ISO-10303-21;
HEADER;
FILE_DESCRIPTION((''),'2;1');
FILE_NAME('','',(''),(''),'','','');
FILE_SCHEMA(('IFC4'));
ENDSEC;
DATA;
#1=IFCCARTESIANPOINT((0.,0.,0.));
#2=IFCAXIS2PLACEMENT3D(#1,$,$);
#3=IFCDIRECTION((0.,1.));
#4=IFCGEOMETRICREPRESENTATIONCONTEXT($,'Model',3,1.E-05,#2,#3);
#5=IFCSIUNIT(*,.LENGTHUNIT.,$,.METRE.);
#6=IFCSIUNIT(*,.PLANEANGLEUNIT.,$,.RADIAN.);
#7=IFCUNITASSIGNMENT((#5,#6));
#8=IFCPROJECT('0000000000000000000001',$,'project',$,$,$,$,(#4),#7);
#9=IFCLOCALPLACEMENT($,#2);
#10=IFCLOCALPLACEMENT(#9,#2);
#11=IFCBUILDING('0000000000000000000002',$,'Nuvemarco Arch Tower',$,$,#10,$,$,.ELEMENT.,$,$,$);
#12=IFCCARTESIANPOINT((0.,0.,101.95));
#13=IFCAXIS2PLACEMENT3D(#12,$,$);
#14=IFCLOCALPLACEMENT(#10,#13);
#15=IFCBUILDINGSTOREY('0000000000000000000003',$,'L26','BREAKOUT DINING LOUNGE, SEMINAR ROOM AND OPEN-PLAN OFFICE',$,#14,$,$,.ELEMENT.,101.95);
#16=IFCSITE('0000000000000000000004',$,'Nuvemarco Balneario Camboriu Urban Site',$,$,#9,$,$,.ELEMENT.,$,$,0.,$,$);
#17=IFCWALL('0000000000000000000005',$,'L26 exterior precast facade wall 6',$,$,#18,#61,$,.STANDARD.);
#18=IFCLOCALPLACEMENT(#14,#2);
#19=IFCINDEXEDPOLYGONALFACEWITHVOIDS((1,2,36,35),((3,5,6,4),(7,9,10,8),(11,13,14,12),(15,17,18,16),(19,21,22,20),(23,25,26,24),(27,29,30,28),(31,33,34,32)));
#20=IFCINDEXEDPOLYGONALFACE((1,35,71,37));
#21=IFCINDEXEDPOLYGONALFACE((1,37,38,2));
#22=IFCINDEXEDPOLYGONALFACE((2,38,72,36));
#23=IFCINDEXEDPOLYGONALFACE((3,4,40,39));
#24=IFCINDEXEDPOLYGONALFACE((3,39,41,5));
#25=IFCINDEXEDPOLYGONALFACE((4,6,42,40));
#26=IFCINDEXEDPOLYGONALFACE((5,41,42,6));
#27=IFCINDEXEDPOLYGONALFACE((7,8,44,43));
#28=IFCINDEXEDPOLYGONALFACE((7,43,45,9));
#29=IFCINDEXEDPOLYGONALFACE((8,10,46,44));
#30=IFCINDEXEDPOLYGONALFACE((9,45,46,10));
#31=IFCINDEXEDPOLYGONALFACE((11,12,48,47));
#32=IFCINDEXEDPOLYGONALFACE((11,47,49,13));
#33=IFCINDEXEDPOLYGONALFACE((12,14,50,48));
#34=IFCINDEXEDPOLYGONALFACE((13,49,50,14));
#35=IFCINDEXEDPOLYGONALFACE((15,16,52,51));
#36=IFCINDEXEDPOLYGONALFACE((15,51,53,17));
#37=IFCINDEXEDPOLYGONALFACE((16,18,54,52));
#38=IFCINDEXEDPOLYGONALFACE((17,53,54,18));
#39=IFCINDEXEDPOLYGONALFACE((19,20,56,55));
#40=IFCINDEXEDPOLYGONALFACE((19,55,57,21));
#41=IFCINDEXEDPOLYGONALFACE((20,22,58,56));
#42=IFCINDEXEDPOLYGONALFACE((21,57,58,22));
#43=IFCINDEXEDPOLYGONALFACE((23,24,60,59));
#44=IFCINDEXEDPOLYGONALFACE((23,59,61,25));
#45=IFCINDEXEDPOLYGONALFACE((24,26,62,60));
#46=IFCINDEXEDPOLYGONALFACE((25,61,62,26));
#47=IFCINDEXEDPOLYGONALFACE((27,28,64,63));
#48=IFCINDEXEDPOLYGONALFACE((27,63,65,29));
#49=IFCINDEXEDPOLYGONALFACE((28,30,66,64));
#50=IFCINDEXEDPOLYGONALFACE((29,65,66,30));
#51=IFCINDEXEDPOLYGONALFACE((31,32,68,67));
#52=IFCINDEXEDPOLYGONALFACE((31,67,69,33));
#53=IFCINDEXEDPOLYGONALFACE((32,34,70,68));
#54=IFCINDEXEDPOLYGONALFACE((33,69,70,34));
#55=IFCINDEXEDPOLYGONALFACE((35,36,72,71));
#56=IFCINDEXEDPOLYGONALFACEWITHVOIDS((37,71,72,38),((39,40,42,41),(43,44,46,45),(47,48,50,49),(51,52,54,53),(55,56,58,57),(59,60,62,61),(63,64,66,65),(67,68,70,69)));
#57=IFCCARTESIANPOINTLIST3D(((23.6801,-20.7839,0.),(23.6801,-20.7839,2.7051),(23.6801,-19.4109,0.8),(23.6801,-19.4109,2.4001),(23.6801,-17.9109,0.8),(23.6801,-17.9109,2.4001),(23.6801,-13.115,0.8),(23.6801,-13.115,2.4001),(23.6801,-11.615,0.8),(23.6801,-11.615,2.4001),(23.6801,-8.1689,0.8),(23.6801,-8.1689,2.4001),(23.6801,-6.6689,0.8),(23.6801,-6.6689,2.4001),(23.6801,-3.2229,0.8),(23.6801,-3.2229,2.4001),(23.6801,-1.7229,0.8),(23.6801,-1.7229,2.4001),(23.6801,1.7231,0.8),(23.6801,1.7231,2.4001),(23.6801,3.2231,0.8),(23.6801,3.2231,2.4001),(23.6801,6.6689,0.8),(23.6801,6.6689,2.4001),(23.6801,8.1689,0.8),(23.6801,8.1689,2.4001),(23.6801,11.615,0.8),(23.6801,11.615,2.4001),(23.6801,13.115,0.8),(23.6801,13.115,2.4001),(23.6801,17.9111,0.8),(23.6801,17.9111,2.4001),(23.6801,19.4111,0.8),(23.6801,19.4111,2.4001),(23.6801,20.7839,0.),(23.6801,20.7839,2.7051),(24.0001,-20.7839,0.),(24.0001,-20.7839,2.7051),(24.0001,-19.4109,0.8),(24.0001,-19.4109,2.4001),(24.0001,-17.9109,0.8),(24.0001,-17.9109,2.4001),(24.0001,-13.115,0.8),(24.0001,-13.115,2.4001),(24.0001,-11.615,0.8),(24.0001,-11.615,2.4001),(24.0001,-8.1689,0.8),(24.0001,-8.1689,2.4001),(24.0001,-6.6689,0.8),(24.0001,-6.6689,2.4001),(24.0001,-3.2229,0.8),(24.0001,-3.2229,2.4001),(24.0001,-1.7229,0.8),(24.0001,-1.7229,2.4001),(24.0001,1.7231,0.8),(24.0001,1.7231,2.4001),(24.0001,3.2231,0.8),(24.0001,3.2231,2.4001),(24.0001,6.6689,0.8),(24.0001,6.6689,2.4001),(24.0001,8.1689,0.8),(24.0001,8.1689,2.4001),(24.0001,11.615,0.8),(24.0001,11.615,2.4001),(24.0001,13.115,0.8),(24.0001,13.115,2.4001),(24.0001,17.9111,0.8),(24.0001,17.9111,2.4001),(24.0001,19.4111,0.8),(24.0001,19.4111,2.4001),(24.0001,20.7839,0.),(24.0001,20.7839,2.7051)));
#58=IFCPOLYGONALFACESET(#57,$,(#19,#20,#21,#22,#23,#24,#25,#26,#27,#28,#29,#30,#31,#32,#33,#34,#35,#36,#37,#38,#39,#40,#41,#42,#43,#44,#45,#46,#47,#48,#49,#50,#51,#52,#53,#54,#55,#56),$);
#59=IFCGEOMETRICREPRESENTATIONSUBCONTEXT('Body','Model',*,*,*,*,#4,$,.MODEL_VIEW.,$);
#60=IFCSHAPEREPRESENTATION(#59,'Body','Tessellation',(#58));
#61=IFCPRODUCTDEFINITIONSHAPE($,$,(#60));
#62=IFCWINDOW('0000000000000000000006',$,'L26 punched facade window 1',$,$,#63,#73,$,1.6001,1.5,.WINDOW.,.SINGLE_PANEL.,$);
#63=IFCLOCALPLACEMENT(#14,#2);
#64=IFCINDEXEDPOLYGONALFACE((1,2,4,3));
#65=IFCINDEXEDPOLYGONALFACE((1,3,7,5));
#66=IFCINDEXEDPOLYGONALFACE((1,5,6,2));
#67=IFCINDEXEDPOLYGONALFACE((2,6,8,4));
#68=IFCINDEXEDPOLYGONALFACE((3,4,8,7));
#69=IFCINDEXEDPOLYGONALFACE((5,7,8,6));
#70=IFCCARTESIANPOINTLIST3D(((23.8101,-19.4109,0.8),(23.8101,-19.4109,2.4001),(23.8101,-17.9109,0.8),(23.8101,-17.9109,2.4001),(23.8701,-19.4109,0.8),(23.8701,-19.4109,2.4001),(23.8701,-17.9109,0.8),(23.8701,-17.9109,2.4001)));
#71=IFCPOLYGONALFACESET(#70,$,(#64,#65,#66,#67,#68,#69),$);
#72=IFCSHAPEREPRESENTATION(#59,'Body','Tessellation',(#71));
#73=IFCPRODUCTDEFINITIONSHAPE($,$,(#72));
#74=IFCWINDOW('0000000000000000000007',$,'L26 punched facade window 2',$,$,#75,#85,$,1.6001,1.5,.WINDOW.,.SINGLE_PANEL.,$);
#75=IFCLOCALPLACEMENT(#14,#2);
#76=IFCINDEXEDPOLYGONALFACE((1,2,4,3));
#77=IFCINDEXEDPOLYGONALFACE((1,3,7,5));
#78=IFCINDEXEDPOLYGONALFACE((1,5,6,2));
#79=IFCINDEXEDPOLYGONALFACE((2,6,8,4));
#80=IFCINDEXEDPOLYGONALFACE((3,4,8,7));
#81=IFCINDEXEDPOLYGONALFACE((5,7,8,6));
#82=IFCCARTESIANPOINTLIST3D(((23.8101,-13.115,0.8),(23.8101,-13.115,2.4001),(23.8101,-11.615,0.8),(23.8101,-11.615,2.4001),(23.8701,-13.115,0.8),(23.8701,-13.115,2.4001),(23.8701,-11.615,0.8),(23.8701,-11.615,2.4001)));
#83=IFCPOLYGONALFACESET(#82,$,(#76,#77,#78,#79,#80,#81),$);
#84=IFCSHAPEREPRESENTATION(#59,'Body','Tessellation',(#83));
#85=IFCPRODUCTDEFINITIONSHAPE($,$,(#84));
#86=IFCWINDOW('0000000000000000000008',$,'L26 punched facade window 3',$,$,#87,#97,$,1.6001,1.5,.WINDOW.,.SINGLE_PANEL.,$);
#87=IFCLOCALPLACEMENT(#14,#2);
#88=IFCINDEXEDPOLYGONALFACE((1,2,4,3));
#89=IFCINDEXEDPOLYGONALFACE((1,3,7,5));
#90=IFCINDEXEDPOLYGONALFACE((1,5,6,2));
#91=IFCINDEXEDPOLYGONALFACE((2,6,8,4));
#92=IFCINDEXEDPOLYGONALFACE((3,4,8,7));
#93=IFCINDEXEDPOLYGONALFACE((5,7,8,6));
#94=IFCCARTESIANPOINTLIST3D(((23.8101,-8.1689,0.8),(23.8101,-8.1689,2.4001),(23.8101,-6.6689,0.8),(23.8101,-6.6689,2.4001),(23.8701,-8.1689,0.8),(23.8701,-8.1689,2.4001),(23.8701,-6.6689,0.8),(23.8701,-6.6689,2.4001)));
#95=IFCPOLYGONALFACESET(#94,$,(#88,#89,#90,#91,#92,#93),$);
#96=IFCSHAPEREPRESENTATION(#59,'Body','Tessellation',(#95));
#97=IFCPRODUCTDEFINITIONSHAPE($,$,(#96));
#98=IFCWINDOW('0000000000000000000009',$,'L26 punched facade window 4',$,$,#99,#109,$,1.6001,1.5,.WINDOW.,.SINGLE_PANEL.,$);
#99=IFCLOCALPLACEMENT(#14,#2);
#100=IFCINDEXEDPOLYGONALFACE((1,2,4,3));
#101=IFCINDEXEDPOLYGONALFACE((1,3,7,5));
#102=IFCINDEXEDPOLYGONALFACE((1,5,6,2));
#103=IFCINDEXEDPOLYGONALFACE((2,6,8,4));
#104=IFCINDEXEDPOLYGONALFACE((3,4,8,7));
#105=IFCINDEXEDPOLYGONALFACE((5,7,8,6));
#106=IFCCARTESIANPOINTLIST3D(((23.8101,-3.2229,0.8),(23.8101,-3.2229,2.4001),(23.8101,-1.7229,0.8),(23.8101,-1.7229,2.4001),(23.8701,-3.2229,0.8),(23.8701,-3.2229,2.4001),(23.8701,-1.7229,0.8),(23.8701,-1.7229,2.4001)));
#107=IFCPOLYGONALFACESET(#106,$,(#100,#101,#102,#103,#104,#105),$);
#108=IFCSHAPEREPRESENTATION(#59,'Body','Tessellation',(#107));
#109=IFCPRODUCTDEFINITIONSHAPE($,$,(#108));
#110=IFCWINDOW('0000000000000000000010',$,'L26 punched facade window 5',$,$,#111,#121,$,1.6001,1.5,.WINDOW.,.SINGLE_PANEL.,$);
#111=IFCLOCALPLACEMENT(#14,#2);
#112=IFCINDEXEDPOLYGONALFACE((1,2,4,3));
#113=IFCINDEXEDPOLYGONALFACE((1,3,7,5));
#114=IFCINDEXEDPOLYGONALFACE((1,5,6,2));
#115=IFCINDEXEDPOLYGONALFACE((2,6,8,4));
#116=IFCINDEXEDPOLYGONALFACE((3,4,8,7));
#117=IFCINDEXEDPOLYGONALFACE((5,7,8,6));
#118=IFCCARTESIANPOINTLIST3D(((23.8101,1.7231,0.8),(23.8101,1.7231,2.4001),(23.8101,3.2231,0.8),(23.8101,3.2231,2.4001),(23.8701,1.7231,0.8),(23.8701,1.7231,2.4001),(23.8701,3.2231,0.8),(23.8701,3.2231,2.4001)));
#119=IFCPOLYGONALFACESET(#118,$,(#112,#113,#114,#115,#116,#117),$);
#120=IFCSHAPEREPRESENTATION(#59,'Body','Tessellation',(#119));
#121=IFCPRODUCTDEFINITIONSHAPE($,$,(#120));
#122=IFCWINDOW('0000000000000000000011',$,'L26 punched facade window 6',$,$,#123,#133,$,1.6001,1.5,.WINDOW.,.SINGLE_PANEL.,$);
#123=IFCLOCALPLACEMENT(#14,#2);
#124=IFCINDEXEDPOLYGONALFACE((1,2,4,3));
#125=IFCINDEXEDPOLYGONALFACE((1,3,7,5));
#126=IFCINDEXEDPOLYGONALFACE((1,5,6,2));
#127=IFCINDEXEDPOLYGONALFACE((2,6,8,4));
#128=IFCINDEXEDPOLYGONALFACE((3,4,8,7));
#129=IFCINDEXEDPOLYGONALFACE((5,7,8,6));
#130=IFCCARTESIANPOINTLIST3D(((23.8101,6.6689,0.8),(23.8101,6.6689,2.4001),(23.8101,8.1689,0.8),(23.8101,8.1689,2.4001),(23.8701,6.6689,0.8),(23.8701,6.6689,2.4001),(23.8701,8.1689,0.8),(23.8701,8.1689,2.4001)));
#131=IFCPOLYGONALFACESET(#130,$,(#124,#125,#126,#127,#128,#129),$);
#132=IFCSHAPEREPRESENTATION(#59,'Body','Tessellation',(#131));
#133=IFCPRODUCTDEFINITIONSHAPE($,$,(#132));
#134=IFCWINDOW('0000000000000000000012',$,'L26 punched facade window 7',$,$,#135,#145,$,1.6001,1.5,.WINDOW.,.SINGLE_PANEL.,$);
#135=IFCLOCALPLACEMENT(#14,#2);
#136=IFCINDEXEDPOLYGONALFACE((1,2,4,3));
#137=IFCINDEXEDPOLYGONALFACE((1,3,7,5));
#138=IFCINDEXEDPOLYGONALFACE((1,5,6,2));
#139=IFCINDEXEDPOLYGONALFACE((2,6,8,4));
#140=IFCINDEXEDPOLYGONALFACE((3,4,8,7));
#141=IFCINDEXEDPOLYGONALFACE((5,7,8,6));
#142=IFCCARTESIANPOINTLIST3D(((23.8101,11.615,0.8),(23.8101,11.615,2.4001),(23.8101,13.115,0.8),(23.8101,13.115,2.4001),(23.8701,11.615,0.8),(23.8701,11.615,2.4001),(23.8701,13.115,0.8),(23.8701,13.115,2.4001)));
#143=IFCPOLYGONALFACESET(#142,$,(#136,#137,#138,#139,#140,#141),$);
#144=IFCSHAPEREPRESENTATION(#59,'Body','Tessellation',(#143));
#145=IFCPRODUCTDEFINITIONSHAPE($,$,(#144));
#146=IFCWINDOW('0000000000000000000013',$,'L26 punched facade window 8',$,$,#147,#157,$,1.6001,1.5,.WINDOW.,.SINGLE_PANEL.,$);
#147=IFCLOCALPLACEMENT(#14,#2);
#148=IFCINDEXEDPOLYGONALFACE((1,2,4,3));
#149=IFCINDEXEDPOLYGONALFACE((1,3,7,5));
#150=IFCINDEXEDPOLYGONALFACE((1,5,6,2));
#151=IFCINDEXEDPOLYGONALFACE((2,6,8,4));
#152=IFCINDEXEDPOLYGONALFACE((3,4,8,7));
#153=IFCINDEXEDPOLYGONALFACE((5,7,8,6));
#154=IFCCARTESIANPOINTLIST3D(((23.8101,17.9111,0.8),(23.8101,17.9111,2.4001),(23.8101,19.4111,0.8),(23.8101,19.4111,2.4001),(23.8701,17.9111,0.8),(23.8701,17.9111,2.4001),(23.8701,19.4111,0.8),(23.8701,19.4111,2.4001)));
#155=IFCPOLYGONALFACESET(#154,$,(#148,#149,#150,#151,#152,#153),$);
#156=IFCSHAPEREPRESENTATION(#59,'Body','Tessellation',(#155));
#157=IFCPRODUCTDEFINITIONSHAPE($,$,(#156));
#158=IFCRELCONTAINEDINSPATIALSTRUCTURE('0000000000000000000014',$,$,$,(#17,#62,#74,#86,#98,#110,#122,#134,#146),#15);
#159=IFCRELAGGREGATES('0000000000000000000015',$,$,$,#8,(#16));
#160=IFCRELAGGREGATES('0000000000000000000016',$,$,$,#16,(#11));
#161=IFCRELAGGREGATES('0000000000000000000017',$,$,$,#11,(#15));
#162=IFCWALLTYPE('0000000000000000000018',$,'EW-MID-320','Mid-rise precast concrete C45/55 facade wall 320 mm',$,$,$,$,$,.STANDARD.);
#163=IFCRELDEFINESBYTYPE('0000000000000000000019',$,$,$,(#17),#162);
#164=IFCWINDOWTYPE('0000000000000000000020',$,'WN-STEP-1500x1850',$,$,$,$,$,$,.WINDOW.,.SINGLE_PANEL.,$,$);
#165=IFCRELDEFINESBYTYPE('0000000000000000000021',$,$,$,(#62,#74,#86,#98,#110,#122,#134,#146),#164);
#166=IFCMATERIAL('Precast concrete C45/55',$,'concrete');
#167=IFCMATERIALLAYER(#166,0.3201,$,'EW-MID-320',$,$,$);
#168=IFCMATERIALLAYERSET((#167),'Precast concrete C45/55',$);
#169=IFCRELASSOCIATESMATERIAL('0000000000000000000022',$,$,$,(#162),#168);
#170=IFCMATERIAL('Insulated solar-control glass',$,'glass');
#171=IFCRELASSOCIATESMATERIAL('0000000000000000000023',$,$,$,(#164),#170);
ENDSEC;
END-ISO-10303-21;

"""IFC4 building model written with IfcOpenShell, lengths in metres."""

from ifc_helpers import new_model, si_unit, direction, frame, frame_2d, origin, place, context, subcontext, project, spatial, rectangle, extrude, source, transform, mapped, material, layer, layer_set, type_object, type_shapes, element, fill, save


model = new_model("IFC4")

# Units and contexts
model_context = context("Model", 3, precision=1e-05, world=origin(), true_north=direction((0.0, 1.0)))
body_context = subcontext(model_context, "Body", "Model", "MODEL_VIEW")
ifc_project = project(units=[si_unit("LENGTHUNIT", "METRE"), si_unit("PLANEANGLEUNIT", "RADIAN")], contexts=[model_context])

# Site, building, storey
site_placement = place(None, origin())
site = spatial("IfcSite", under=ifc_project, at=site_placement, Name="Nuvemarco Balneario Camboriu Urban Site", CompositionType="ELEMENT", RefElevation=0.0)
building_placement = place(site_placement, origin())
building = spatial("IfcBuilding", under=site, at=building_placement, Name="Nuvemarco Arch Tower", CompositionType="ELEMENT")
storey_placement = place(building_placement, frame((0.0, 0.0, 101.95)))
storey = spatial("IfcBuildingStorey", under=building, at=storey_placement, Name="L26", Description="BREAKOUT DINING LOUNGE, SEMINAR ROOM AND OPEN-PLAN OFFICE", CompositionType="ELEMENT", Elevation=101.95)

# Shared definitions
ifc_material_1 = material(Name="Precast concrete C45/55", Category="concrete")

# Shared definitions
ifc_layer_1 = layer(ifc_material_1, 0.3201, Name="EW-MID-320")
ifc_layer_set_1 = layer_set([ifc_layer_1], Name="Precast concrete C45/55")
wall_type_1 = type_object("IfcWallType", Name="EW-MID-320", Description="Mid-rise precast concrete C45/55 facade wall 320 mm", PredefinedType="STANDARD", material=ifc_layer_set_1)

# Wall, openings, windows
wall_1_placement = place(storey_placement, frame((23.8401, -20.7839, 0.0), z_axis=(0.0, 0.0, 1.0), x_axis=(0.0, 1.0, 0.0)))
wall_1 = element("IfcWall", 1, at=wall_1_placement, inside=storey, type_object=wall_type_1, Name="L26 exterior precast facade wall 6", PredefinedType="STANDARD", context=body_context, shape_type="SweptSolid", body=[
    extrude(rectangle(XDim=41.5679, YDim=0.3201, at=frame_2d((20.7839, 0.0))), origin(), (0.0, 0.0, 1.0), 2.7051),
])
opening_1_placement = place(wall_1_placement, frame((1.373, 0.0, 0.8)))
opening_1 = element("IfcOpeningElement", 2, at=opening_1_placement, cuts=wall_1, PredefinedType="OPENING", context=body_context, shape_type="SweptSolid", body=[
    extrude(rectangle(XDim=1.5, YDim=1.6001, at=frame_2d((0.75, 0.8))), frame((0.0, 0.1699, 0.0), z_axis=(0.0, -1.0, 0.0), x_axis=(1.0, 0.0, 0.0)), (0.0, 0.0, 1.0), 0.3401),
])
opening_2_placement = place(wall_1_placement, frame((7.6689, 0.0, 0.8)))
opening_2 = element("IfcOpeningElement", 3, at=opening_2_placement, cuts=wall_1, PredefinedType="OPENING", context=body_context, shape_type="SweptSolid", body=[
    extrude(rectangle(XDim=1.5, YDim=1.6001, at=frame_2d((0.75, 0.8))), frame((0.0, 0.1699, 0.0), z_axis=(0.0, -1.0, 0.0), x_axis=(1.0, 0.0, 0.0)), (0.0, 0.0, 1.0), 0.3401),
])
opening_3_placement = place(wall_1_placement, frame((12.615, 0.0, 0.8)))
opening_3 = element("IfcOpeningElement", 4, at=opening_3_placement, cuts=wall_1, PredefinedType="OPENING", context=body_context, shape_type="SweptSolid", body=[
    extrude(rectangle(XDim=1.5, YDim=1.6001, at=frame_2d((0.75, 0.8))), frame((0.0, 0.1699, 0.0), z_axis=(0.0, -1.0, 0.0), x_axis=(1.0, 0.0, 0.0)), (0.0, 0.0, 1.0), 0.3401),
])
opening_4_placement = place(wall_1_placement, frame((17.561, 0.0, 0.8)))
opening_4 = element("IfcOpeningElement", 5, at=opening_4_placement, cuts=wall_1, PredefinedType="OPENING", context=body_context, shape_type="SweptSolid", body=[
    extrude(rectangle(XDim=1.5, YDim=1.6001, at=frame_2d((0.75, 0.8))), frame((0.0, 0.1699, 0.0), z_axis=(0.0, -1.0, 0.0), x_axis=(1.0, 0.0, 0.0)), (0.0, 0.0, 1.0), 0.3401),
])
opening_5_placement = place(wall_1_placement, frame((22.5071, 0.0, 0.8)))
opening_5 = element("IfcOpeningElement", 6, at=opening_5_placement, cuts=wall_1, PredefinedType="OPENING", context=body_context, shape_type="SweptSolid", body=[
    extrude(rectangle(XDim=1.5, YDim=1.6001, at=frame_2d((0.75, 0.8))), frame((0.0, 0.1699, 0.0), z_axis=(0.0, -1.0, 0.0), x_axis=(1.0, 0.0, 0.0)), (0.0, 0.0, 1.0), 0.3401),
])
opening_6_placement = place(wall_1_placement, frame((27.4529, 0.0, 0.8)))
opening_6 = element("IfcOpeningElement", 7, at=opening_6_placement, cuts=wall_1, PredefinedType="OPENING", context=body_context, shape_type="SweptSolid", body=[
    extrude(rectangle(XDim=1.5, YDim=1.6001, at=frame_2d((0.75, 0.8))), frame((0.0, 0.1699, 0.0), z_axis=(0.0, -1.0, 0.0), x_axis=(1.0, 0.0, 0.0)), (0.0, 0.0, 1.0), 0.3401),
])
opening_7_placement = place(wall_1_placement, frame((32.3989, 0.0, 0.8)))
opening_7 = element("IfcOpeningElement", 8, at=opening_7_placement, cuts=wall_1, PredefinedType="OPENING", context=body_context, shape_type="SweptSolid", body=[
    extrude(rectangle(XDim=1.5, YDim=1.6001, at=frame_2d((0.75, 0.8))), frame((0.0, 0.1699, 0.0), z_axis=(0.0, -1.0, 0.0), x_axis=(1.0, 0.0, 0.0)), (0.0, 0.0, 1.0), 0.3401),
])
opening_8_placement = place(wall_1_placement, frame((38.6951, 0.0, 0.8)))
opening_8 = element("IfcOpeningElement", 9, at=opening_8_placement, cuts=wall_1, PredefinedType="OPENING", context=body_context, shape_type="SweptSolid", body=[
    extrude(rectangle(XDim=1.5, YDim=1.6001, at=frame_2d((0.75, 0.8))), frame((0.0, 0.1699, 0.0), z_axis=(0.0, -1.0, 0.0), x_axis=(1.0, 0.0, 0.0)), (0.0, 0.0, 1.0), 0.3401),
])
ifc_material_2 = material(Name="Insulated solar-control glass", Category="glass")
window_type = type_object("IfcWindowType", Name="WN-STEP-1500x1850", PartitioningType="SINGLE_PANEL", PredefinedType="WINDOW", material=ifc_material_2)
shared_shape_1 = source(origin(), body_context, "Body", "SweptSolid", [
    extrude(rectangle(XDim=1.5, YDim=1.6001, at=frame_2d((0.75, 0.8))), frame((0.0, 0.03, 0.0), z_axis=(0.0, -1.0, 0.0), x_axis=(1.0, 0.0, 0.0)), (0.0, 0.0, 1.0), 0.0601),
])
type_shapes(window_type, [shared_shape_1])
window_1_placement = place(opening_1_placement, origin())
window_1 = element("IfcWindow", 10, at=window_1_placement, inside=storey, type_object=window_type, Name="L26 punched facade window 1", OverallHeight=1.6001, OverallWidth=1.5, PartitioningType="SINGLE_PANEL", PredefinedType="WINDOW", context=body_context, shape_type="MappedRepresentation", body=[
    mapped(shared_shape_1, transform((0.0, 0.0, 0.0), scale=1.0)),
])
fill(opening_1, window_1)
window_2_placement = place(opening_2_placement, origin())
window_2 = element("IfcWindow", 11, at=window_2_placement, inside=storey, type_object=window_type, Name="L26 punched facade window 2", OverallHeight=1.6001, OverallWidth=1.5, PartitioningType="SINGLE_PANEL", PredefinedType="WINDOW", context=body_context, shape_type="MappedRepresentation", body=[
    mapped(shared_shape_1, transform((0.0, 0.0, 0.0), scale=1.0)),
])
fill(opening_2, window_2)
window_3_placement = place(opening_3_placement, origin())
window_3 = element("IfcWindow", 12, at=window_3_placement, inside=storey, type_object=window_type, Name="L26 punched facade window 3", OverallHeight=1.6001, OverallWidth=1.5, PartitioningType="SINGLE_PANEL", PredefinedType="WINDOW", context=body_context, shape_type="MappedRepresentation", body=[
    mapped(shared_shape_1, transform((0.0, 0.0, 0.0), scale=1.0)),
])
fill(opening_3, window_3)
window_4_placement = place(opening_4_placement, origin())
window_4 = element("IfcWindow", 13, at=window_4_placement, inside=storey, type_object=window_type, Name="L26 punched facade window 4", OverallHeight=1.6001, OverallWidth=1.5, PartitioningType="SINGLE_PANEL", PredefinedType="WINDOW", context=body_context, shape_type="MappedRepresentation", body=[
    mapped(shared_shape_1, transform((0.0, 0.0, 0.0), scale=1.0)),
])
fill(opening_4, window_4)
window_5_placement = place(opening_5_placement, origin())
window_5 = element("IfcWindow", 14, at=window_5_placement, inside=storey, type_object=window_type, Name="L26 punched facade window 5", OverallHeight=1.6001, OverallWidth=1.5, PartitioningType="SINGLE_PANEL", PredefinedType="WINDOW", context=body_context, shape_type="MappedRepresentation", body=[
    mapped(shared_shape_1, transform((0.0, 0.0, 0.0), scale=1.0)),
])
fill(opening_5, window_5)
window_6_placement = place(opening_6_placement, origin())
window_6 = element("IfcWindow", 15, at=window_6_placement, inside=storey, type_object=window_type, Name="L26 punched facade window 6", OverallHeight=1.6001, OverallWidth=1.5, PartitioningType="SINGLE_PANEL", PredefinedType="WINDOW", context=body_context, shape_type="MappedRepresentation", body=[
    mapped(shared_shape_1, transform((0.0, 0.0, 0.0), scale=1.0)),
])
fill(opening_6, window_6)
window_7_placement = place(opening_7_placement, origin())
window_7 = element("IfcWindow", 16, at=window_7_placement, inside=storey, type_object=window_type, Name="L26 punched facade window 7", OverallHeight=1.6001, OverallWidth=1.5, PartitioningType="SINGLE_PANEL", PredefinedType="WINDOW", context=body_context, shape_type="MappedRepresentation", body=[
    mapped(shared_shape_1, transform((0.0, 0.0, 0.0), scale=1.0)),
])
fill(opening_7, window_7)
window_8_placement = place(opening_8_placement, origin())
window_8 = element("IfcWindow", 17, at=window_8_placement, inside=storey, type_object=window_type, Name="L26 punched facade window 8", OverallHeight=1.6001, OverallWidth=1.5, PartitioningType="SINGLE_PANEL", PredefinedType="WINDOW", context=body_context, shape_type="MappedRepresentation", body=[
    mapped(shared_shape_1, transform((0.0, 0.0, 0.0), scale=1.0)),
])
fill(opening_8, window_8)

save(model, "model.ifc")
